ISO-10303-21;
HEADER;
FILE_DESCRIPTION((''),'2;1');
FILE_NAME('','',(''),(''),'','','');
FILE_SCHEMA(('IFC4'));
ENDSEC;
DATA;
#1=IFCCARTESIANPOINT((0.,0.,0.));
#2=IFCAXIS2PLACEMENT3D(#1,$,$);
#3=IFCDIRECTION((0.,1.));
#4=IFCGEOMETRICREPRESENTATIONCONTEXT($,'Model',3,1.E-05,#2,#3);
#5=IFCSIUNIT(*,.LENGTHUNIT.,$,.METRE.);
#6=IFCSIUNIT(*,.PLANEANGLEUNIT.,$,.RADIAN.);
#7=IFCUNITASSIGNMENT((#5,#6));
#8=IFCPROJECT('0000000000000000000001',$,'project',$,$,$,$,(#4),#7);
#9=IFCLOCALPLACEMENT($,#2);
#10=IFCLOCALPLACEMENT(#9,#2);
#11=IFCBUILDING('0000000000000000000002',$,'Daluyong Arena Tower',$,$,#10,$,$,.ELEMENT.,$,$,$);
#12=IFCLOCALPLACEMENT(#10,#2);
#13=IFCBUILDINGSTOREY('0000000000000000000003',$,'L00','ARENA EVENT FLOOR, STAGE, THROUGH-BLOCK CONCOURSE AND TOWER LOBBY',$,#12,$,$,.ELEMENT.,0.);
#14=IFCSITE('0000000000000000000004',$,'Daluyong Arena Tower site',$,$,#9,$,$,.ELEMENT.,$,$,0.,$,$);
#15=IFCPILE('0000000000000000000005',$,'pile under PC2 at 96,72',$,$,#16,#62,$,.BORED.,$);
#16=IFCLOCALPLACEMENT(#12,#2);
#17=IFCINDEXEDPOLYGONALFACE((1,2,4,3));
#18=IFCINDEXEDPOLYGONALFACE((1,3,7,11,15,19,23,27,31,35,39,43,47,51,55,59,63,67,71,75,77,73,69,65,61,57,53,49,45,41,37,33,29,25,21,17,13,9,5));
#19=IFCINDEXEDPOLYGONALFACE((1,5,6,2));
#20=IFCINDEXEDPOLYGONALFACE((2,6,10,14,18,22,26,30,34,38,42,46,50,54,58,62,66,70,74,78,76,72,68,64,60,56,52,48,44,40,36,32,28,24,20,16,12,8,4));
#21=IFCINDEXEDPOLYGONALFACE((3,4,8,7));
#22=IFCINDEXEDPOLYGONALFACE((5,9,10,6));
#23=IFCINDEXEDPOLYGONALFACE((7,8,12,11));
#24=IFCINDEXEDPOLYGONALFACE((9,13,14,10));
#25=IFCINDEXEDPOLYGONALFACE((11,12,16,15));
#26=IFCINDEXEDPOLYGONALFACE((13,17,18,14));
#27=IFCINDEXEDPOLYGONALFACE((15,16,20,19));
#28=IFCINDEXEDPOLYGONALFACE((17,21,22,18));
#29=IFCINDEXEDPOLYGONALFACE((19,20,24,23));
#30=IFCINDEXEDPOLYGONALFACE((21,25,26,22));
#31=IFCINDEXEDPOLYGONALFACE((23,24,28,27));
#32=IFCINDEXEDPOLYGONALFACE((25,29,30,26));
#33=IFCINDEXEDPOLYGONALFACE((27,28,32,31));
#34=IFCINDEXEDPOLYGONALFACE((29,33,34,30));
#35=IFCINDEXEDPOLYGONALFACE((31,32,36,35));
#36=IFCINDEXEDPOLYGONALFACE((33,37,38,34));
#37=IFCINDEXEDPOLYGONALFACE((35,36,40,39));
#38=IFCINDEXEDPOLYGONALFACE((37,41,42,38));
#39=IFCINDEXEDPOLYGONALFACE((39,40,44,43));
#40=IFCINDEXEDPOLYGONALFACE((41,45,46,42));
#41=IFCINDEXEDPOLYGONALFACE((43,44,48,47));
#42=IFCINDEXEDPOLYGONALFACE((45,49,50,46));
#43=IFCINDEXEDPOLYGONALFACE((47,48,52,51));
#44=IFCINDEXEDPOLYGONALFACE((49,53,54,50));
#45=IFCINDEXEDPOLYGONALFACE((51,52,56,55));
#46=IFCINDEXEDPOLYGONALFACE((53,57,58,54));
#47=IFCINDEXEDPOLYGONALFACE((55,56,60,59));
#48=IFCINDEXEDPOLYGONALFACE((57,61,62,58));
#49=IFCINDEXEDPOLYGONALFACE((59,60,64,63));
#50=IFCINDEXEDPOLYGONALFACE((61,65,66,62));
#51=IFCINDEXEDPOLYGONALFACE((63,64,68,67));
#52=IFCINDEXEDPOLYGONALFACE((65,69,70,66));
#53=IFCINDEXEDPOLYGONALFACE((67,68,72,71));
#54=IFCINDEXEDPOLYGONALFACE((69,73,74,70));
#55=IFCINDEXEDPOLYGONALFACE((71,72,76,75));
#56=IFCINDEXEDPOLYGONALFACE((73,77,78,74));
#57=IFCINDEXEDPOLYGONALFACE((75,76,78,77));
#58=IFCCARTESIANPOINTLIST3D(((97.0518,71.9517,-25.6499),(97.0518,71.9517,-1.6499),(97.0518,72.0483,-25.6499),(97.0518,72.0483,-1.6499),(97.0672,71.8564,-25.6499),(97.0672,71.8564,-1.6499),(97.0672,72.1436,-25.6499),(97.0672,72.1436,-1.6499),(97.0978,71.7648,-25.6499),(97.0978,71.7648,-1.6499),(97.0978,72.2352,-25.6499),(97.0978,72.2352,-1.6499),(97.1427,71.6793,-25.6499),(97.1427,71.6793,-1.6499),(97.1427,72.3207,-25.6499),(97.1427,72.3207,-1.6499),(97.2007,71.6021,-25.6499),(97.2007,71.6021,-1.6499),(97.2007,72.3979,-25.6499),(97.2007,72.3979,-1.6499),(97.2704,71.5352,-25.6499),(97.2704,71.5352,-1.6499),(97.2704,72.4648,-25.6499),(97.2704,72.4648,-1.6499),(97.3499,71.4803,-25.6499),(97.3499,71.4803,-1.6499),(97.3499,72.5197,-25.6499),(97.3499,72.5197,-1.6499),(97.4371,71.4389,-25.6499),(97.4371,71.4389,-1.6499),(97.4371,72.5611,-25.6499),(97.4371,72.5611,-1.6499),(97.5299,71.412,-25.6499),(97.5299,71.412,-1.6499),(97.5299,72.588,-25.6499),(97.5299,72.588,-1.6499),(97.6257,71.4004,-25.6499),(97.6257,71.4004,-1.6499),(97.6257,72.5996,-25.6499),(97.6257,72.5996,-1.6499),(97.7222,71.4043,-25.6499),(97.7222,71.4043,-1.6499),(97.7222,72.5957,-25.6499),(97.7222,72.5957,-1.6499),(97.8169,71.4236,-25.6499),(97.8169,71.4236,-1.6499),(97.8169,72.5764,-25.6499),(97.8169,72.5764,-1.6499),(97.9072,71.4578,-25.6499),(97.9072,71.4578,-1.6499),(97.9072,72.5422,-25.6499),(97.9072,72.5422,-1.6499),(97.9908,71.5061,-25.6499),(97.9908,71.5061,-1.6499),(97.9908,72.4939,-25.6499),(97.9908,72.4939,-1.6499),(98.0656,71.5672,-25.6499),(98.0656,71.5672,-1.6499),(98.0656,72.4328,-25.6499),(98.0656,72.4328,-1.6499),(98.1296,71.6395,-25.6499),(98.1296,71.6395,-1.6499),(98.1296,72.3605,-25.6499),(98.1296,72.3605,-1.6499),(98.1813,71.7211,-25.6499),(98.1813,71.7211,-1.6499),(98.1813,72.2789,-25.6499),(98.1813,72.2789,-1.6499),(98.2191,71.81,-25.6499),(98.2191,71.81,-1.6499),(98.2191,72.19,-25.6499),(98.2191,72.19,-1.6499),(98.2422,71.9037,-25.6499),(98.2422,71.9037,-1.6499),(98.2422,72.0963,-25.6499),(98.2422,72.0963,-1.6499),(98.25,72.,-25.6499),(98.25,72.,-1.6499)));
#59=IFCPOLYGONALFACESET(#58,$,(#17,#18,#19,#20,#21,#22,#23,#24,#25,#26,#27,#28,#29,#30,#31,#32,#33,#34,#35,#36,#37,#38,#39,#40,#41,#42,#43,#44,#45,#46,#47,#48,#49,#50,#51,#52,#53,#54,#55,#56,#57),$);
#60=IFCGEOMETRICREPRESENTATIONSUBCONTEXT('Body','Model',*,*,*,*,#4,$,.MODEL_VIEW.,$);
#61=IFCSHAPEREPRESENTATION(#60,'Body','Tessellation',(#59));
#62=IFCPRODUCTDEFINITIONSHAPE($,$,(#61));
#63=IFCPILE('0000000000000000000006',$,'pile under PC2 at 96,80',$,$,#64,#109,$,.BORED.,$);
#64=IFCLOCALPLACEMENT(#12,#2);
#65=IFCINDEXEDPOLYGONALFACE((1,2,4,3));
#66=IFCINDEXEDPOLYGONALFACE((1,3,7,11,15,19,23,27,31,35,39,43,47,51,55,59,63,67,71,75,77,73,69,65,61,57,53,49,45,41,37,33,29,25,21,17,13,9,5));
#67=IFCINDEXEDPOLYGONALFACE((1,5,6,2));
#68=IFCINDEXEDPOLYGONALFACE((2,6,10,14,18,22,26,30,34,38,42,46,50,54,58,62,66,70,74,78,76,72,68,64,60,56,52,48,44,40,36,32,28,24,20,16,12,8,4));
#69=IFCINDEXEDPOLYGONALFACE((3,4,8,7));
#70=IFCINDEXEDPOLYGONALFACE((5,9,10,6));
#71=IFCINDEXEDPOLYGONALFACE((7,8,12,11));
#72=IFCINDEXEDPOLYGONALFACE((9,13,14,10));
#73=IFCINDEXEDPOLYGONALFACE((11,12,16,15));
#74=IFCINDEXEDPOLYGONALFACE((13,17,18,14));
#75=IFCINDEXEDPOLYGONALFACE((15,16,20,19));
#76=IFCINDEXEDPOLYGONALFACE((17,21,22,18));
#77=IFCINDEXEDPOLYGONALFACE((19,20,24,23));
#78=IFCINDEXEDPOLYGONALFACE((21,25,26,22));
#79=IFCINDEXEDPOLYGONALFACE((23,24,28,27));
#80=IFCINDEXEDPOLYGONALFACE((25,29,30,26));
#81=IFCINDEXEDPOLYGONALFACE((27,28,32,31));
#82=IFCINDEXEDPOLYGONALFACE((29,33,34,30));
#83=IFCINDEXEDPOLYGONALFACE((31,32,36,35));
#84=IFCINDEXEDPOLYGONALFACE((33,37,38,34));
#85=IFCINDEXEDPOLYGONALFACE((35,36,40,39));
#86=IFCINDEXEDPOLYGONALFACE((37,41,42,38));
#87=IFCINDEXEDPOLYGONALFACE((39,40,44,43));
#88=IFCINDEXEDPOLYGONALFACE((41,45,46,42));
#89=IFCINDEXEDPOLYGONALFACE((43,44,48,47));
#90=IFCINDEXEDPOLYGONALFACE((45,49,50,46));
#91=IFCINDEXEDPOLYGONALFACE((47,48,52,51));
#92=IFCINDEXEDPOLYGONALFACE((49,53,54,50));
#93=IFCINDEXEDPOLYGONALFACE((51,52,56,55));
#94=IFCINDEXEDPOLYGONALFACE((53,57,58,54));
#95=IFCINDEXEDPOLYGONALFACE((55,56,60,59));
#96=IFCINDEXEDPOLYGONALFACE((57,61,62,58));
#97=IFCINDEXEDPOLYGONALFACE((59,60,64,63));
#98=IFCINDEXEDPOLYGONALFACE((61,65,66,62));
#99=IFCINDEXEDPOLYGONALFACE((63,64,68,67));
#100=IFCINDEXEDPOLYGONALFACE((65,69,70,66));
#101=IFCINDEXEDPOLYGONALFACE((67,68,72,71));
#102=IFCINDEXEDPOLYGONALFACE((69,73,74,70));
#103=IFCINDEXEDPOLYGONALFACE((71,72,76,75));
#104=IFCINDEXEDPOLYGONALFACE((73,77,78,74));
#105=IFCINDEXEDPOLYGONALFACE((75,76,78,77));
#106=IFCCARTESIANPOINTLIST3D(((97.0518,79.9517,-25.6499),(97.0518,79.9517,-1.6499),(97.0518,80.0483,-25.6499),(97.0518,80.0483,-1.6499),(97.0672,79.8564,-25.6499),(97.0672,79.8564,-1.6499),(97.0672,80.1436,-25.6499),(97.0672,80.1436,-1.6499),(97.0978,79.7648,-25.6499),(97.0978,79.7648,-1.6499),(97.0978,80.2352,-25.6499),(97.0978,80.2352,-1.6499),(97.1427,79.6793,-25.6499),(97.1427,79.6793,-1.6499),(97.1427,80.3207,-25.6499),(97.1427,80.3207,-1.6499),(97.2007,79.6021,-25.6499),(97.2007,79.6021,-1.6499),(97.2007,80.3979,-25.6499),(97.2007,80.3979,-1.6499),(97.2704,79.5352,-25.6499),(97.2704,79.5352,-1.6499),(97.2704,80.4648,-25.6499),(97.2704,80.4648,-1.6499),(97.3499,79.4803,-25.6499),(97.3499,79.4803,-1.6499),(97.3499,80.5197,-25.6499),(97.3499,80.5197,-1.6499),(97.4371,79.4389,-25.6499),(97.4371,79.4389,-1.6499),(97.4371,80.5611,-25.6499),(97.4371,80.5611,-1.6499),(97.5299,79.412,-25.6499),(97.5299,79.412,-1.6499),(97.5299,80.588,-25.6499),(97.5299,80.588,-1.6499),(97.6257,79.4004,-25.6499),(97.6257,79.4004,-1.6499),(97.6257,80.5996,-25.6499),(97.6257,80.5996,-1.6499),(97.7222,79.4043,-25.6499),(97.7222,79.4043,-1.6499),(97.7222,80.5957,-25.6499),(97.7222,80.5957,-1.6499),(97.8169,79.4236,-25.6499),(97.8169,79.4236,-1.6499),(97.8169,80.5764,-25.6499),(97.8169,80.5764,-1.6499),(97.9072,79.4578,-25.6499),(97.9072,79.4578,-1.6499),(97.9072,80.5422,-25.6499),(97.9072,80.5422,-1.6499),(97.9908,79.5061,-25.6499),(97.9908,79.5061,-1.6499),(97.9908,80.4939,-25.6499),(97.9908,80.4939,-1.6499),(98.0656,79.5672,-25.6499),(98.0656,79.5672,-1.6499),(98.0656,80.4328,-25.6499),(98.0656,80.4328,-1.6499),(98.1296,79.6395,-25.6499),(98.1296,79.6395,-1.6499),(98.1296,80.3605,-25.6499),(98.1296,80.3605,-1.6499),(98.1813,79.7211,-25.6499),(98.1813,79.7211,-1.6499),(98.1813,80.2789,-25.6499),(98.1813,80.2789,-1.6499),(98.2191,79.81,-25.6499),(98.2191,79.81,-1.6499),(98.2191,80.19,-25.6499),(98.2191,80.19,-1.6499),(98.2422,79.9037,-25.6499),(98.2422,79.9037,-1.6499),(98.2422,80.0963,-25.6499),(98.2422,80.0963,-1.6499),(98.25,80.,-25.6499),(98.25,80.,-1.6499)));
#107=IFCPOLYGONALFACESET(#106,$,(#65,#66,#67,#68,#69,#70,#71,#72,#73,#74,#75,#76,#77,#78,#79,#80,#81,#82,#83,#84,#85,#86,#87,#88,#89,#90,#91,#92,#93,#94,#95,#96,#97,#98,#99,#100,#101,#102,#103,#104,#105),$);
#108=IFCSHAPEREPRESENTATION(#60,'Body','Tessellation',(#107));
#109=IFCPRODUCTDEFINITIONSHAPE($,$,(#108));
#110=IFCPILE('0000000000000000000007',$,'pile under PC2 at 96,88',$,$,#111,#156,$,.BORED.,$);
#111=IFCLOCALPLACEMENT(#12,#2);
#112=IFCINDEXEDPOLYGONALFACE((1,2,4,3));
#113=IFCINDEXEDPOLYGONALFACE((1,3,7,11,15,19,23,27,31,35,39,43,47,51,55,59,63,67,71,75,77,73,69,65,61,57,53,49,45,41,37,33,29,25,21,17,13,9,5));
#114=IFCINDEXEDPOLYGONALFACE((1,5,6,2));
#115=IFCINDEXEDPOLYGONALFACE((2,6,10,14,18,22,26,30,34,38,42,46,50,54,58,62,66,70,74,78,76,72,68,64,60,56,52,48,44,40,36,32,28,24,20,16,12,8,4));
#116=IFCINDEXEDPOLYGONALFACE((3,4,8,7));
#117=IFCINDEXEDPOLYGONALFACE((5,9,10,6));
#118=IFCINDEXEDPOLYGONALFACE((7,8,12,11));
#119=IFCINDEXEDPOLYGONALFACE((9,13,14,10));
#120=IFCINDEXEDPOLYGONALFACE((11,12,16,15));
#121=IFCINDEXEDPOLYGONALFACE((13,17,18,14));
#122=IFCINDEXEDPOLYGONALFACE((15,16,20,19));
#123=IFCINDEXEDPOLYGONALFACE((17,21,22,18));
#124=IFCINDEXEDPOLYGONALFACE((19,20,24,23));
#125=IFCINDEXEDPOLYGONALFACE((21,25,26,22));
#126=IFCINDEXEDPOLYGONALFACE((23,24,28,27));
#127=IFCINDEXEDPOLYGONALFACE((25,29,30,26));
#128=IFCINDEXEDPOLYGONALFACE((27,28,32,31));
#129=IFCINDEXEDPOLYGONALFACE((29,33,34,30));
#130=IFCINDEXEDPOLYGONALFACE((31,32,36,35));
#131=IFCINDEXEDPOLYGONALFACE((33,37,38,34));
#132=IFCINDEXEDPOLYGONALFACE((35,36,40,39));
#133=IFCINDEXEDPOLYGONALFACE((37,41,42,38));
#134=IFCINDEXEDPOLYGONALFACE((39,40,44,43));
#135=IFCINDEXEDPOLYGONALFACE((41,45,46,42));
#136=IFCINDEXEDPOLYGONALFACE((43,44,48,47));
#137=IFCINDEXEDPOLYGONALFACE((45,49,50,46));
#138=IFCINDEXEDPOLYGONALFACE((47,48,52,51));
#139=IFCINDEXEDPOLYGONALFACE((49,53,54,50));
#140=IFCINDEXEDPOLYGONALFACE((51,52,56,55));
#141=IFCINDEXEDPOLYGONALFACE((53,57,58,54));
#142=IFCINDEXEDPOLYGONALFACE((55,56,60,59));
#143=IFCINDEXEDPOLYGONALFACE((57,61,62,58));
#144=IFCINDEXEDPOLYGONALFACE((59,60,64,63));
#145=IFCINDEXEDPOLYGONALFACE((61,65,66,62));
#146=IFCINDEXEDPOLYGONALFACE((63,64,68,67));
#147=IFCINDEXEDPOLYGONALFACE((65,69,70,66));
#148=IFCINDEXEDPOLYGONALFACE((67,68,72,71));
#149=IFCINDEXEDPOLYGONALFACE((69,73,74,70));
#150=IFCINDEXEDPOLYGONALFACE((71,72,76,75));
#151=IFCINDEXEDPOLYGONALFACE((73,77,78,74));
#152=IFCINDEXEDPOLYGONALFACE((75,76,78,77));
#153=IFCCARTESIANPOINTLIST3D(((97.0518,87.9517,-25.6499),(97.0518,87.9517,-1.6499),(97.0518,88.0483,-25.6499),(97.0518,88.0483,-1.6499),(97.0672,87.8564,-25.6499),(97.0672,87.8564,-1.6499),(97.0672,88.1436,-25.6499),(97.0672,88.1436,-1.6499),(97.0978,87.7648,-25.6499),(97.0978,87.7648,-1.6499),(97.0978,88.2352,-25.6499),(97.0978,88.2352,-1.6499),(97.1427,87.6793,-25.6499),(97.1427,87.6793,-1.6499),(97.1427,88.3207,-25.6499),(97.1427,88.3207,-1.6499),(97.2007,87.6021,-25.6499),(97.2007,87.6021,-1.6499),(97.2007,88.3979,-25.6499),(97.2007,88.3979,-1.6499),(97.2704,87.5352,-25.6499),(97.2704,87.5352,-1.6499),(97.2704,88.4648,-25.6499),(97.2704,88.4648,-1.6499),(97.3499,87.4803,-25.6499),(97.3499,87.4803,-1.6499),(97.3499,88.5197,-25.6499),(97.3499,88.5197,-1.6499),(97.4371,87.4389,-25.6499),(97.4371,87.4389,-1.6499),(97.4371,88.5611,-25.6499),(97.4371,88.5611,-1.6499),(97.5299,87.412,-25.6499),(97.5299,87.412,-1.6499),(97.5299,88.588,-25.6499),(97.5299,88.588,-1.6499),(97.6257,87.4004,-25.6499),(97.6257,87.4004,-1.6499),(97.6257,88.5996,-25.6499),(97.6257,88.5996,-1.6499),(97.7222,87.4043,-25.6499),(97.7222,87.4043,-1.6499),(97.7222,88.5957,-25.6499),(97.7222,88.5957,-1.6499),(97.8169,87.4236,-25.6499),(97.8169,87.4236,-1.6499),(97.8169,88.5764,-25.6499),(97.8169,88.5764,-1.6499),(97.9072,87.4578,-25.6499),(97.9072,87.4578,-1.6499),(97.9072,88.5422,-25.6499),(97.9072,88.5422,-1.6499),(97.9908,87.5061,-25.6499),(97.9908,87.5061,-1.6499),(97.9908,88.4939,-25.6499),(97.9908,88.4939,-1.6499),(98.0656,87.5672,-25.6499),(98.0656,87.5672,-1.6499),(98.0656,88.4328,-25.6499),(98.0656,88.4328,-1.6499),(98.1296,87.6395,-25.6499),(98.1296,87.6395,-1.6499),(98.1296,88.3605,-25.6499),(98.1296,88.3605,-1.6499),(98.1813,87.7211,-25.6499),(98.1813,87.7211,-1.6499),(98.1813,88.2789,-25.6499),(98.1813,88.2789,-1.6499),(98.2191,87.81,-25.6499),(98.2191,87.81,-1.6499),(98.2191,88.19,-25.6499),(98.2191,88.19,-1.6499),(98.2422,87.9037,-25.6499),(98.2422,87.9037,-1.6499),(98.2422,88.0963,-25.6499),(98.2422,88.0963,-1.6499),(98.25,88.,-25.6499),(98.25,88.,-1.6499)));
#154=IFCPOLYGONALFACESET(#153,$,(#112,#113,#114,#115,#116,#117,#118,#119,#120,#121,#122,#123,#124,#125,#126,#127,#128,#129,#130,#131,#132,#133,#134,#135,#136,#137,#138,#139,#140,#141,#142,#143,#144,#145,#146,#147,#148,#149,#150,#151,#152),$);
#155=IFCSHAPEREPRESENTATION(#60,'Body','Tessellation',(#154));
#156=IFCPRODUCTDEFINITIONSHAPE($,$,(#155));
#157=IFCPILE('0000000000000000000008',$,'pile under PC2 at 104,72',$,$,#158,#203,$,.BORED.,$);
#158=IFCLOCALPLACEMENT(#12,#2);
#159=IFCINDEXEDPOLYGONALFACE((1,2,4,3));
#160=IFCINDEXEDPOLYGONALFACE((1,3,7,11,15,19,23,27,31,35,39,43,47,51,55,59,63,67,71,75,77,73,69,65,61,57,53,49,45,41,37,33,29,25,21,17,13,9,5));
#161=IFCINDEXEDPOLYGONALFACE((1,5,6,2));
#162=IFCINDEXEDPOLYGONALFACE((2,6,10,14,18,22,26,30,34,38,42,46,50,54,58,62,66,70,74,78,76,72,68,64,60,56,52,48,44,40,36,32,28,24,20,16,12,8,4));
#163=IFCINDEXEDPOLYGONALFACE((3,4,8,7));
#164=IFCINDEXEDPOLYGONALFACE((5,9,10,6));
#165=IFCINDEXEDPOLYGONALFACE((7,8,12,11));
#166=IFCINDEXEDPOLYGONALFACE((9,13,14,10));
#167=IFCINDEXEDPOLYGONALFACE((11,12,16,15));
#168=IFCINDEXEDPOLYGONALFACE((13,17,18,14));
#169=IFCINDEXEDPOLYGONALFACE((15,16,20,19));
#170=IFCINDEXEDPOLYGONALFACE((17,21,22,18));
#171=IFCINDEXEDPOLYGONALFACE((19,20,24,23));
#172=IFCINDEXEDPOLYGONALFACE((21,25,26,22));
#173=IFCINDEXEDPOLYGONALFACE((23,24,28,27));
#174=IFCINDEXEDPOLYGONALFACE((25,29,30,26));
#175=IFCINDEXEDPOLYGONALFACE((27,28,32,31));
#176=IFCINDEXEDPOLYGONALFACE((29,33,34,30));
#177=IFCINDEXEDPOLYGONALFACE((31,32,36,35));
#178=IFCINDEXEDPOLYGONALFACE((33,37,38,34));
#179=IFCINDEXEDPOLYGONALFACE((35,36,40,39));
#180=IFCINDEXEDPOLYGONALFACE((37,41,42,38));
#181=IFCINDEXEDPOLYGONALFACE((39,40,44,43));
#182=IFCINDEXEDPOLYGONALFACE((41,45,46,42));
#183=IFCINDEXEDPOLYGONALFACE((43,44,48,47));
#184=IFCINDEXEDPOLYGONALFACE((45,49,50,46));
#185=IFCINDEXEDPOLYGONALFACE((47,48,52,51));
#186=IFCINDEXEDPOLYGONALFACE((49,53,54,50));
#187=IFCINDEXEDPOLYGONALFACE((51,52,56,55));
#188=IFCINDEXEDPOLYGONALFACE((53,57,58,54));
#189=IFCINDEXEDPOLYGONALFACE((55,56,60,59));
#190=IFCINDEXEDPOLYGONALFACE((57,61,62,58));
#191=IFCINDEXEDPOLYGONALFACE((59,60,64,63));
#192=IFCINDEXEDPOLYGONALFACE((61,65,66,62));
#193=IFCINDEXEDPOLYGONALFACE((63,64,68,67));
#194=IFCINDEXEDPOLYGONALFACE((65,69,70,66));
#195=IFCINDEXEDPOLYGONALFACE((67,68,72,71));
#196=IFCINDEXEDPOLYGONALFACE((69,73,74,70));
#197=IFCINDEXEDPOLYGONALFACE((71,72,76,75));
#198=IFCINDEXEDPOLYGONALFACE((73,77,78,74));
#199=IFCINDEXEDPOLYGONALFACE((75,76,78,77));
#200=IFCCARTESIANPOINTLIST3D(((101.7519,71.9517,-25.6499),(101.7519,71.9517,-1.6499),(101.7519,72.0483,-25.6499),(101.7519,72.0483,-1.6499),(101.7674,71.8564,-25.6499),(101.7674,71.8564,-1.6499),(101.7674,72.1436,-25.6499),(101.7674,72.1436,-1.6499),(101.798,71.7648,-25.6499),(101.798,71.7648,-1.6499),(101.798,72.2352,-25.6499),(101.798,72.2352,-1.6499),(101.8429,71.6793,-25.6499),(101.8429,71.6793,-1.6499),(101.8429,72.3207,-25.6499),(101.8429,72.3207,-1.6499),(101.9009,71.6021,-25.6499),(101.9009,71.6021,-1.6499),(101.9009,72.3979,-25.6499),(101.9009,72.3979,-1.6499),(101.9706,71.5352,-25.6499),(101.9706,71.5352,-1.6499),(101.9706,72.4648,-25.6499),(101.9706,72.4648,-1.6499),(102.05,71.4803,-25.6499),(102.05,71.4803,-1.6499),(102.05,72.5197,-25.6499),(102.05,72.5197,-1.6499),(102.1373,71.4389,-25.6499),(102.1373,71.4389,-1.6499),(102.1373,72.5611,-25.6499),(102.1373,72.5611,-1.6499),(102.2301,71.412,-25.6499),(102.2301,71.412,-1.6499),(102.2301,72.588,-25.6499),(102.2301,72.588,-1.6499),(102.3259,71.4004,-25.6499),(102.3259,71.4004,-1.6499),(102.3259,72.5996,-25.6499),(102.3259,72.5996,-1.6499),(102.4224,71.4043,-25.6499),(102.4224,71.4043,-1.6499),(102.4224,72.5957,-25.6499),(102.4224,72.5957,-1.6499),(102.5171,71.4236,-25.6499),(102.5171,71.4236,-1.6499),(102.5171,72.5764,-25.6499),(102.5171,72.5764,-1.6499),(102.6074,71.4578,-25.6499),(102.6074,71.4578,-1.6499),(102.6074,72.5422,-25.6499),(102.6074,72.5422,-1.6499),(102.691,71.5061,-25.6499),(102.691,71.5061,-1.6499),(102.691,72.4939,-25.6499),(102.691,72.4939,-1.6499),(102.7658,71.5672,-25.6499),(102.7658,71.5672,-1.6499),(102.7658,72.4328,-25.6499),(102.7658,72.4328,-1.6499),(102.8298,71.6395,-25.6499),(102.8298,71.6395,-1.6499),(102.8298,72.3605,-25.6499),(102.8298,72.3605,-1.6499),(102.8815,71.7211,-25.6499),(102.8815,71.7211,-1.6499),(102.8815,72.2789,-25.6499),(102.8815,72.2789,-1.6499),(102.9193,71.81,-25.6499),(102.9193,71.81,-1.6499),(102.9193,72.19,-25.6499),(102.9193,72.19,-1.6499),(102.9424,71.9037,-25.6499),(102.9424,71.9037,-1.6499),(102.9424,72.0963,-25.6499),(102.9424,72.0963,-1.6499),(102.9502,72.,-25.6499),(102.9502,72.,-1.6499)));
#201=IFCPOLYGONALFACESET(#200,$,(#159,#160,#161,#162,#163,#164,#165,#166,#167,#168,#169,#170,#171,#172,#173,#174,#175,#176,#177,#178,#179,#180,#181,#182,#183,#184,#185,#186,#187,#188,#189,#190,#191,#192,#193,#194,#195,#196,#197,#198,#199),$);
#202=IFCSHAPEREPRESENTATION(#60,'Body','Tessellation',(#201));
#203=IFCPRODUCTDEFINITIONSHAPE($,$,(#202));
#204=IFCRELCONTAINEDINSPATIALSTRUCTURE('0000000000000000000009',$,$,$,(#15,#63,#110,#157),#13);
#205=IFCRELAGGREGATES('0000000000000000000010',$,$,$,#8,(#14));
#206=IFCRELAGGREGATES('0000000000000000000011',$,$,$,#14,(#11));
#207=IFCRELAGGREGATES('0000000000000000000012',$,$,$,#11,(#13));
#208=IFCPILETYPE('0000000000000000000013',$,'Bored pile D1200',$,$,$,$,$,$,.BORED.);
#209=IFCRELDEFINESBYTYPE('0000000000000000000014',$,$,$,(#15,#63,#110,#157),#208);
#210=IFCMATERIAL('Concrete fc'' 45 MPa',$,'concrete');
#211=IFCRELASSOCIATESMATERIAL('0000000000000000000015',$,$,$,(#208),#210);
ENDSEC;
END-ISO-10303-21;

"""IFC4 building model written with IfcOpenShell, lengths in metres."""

from ifc_helpers import new_model, si_unit, direction, frame, origin, origin_2d, place, context, subcontext, project, spatial, circle, extrude, material, type_object, element, save


model = new_model("IFC4")

# Units and contexts
model_context = context("Model", 3, precision=1e-05, world=origin(), true_north=direction((0.0, 1.0)))
body_context = subcontext(model_context, "Body", "Model", "MODEL_VIEW")
ifc_project = project(units=[si_unit("LENGTHUNIT", "METRE"), si_unit("PLANEANGLEUNIT", "RADIAN")], contexts=[model_context])

# Site, building, storey
site_placement = place(None, origin())
site = spatial("IfcSite", under=ifc_project, at=site_placement, Name="Daluyong Arena Tower site", CompositionType="ELEMENT", RefElevation=0.0)
building_placement = place(site_placement, origin())
building = spatial("IfcBuilding", under=site, at=building_placement, Name="Daluyong Arena Tower", CompositionType="ELEMENT")
storey_placement = place(building_placement, origin())
storey = spatial("IfcBuildingStorey", under=building, at=storey_placement, Name="L00", Description="ARENA EVENT FLOOR, STAGE, THROUGH-BLOCK CONCOURSE AND TOWER LOBBY", CompositionType="ELEMENT", Elevation=0.0)

# Piles
ifc_material_1 = material(Name="Concrete fc' 45 MPa", Category="concrete")
pile_type = type_object("IfcPileType", Name="Bored pile D1200", PredefinedType="BORED", material=ifc_material_1)
for number, where, z_axis, x_axis, name in (
    (1, (97.6499, 72.0, -1.6499), (0.0, 0.0, -1.0), (1.0, 0.0, 0.0), "pile under PC2 at 96,72"),
    (2, (97.6499, 80.0, -1.6499), (0.0, 0.0, -1.0), (1.0, 0.0, 0.0), "pile under PC2 at 96,80"),
    (3, (97.6499, 88.0, -1.6499), (0.0, 0.0, -1.0), (1.0, 0.0, 0.0), "pile under PC2 at 96,88"),
    (4, (102.3501, 72.0, -1.6499), (0.0, 0.0, -1.0), (1.0, 0.0, 0.0), "pile under PC2 at 104,72"),
):
    element("IfcPile", number, at=place(storey_placement, frame(where, z_axis=z_axis, x_axis=x_axis)), inside=storey, type_object=pile_type, Name=name, PredefinedType="BORED", context=body_context, shape_type="SweptSolid", body=[
        extrude(circle(Radius=0.6001, at=origin_2d()), origin(), (0.0, 0.0, 1.0), 24.0),
    ])

save(model, "model.ifc")
